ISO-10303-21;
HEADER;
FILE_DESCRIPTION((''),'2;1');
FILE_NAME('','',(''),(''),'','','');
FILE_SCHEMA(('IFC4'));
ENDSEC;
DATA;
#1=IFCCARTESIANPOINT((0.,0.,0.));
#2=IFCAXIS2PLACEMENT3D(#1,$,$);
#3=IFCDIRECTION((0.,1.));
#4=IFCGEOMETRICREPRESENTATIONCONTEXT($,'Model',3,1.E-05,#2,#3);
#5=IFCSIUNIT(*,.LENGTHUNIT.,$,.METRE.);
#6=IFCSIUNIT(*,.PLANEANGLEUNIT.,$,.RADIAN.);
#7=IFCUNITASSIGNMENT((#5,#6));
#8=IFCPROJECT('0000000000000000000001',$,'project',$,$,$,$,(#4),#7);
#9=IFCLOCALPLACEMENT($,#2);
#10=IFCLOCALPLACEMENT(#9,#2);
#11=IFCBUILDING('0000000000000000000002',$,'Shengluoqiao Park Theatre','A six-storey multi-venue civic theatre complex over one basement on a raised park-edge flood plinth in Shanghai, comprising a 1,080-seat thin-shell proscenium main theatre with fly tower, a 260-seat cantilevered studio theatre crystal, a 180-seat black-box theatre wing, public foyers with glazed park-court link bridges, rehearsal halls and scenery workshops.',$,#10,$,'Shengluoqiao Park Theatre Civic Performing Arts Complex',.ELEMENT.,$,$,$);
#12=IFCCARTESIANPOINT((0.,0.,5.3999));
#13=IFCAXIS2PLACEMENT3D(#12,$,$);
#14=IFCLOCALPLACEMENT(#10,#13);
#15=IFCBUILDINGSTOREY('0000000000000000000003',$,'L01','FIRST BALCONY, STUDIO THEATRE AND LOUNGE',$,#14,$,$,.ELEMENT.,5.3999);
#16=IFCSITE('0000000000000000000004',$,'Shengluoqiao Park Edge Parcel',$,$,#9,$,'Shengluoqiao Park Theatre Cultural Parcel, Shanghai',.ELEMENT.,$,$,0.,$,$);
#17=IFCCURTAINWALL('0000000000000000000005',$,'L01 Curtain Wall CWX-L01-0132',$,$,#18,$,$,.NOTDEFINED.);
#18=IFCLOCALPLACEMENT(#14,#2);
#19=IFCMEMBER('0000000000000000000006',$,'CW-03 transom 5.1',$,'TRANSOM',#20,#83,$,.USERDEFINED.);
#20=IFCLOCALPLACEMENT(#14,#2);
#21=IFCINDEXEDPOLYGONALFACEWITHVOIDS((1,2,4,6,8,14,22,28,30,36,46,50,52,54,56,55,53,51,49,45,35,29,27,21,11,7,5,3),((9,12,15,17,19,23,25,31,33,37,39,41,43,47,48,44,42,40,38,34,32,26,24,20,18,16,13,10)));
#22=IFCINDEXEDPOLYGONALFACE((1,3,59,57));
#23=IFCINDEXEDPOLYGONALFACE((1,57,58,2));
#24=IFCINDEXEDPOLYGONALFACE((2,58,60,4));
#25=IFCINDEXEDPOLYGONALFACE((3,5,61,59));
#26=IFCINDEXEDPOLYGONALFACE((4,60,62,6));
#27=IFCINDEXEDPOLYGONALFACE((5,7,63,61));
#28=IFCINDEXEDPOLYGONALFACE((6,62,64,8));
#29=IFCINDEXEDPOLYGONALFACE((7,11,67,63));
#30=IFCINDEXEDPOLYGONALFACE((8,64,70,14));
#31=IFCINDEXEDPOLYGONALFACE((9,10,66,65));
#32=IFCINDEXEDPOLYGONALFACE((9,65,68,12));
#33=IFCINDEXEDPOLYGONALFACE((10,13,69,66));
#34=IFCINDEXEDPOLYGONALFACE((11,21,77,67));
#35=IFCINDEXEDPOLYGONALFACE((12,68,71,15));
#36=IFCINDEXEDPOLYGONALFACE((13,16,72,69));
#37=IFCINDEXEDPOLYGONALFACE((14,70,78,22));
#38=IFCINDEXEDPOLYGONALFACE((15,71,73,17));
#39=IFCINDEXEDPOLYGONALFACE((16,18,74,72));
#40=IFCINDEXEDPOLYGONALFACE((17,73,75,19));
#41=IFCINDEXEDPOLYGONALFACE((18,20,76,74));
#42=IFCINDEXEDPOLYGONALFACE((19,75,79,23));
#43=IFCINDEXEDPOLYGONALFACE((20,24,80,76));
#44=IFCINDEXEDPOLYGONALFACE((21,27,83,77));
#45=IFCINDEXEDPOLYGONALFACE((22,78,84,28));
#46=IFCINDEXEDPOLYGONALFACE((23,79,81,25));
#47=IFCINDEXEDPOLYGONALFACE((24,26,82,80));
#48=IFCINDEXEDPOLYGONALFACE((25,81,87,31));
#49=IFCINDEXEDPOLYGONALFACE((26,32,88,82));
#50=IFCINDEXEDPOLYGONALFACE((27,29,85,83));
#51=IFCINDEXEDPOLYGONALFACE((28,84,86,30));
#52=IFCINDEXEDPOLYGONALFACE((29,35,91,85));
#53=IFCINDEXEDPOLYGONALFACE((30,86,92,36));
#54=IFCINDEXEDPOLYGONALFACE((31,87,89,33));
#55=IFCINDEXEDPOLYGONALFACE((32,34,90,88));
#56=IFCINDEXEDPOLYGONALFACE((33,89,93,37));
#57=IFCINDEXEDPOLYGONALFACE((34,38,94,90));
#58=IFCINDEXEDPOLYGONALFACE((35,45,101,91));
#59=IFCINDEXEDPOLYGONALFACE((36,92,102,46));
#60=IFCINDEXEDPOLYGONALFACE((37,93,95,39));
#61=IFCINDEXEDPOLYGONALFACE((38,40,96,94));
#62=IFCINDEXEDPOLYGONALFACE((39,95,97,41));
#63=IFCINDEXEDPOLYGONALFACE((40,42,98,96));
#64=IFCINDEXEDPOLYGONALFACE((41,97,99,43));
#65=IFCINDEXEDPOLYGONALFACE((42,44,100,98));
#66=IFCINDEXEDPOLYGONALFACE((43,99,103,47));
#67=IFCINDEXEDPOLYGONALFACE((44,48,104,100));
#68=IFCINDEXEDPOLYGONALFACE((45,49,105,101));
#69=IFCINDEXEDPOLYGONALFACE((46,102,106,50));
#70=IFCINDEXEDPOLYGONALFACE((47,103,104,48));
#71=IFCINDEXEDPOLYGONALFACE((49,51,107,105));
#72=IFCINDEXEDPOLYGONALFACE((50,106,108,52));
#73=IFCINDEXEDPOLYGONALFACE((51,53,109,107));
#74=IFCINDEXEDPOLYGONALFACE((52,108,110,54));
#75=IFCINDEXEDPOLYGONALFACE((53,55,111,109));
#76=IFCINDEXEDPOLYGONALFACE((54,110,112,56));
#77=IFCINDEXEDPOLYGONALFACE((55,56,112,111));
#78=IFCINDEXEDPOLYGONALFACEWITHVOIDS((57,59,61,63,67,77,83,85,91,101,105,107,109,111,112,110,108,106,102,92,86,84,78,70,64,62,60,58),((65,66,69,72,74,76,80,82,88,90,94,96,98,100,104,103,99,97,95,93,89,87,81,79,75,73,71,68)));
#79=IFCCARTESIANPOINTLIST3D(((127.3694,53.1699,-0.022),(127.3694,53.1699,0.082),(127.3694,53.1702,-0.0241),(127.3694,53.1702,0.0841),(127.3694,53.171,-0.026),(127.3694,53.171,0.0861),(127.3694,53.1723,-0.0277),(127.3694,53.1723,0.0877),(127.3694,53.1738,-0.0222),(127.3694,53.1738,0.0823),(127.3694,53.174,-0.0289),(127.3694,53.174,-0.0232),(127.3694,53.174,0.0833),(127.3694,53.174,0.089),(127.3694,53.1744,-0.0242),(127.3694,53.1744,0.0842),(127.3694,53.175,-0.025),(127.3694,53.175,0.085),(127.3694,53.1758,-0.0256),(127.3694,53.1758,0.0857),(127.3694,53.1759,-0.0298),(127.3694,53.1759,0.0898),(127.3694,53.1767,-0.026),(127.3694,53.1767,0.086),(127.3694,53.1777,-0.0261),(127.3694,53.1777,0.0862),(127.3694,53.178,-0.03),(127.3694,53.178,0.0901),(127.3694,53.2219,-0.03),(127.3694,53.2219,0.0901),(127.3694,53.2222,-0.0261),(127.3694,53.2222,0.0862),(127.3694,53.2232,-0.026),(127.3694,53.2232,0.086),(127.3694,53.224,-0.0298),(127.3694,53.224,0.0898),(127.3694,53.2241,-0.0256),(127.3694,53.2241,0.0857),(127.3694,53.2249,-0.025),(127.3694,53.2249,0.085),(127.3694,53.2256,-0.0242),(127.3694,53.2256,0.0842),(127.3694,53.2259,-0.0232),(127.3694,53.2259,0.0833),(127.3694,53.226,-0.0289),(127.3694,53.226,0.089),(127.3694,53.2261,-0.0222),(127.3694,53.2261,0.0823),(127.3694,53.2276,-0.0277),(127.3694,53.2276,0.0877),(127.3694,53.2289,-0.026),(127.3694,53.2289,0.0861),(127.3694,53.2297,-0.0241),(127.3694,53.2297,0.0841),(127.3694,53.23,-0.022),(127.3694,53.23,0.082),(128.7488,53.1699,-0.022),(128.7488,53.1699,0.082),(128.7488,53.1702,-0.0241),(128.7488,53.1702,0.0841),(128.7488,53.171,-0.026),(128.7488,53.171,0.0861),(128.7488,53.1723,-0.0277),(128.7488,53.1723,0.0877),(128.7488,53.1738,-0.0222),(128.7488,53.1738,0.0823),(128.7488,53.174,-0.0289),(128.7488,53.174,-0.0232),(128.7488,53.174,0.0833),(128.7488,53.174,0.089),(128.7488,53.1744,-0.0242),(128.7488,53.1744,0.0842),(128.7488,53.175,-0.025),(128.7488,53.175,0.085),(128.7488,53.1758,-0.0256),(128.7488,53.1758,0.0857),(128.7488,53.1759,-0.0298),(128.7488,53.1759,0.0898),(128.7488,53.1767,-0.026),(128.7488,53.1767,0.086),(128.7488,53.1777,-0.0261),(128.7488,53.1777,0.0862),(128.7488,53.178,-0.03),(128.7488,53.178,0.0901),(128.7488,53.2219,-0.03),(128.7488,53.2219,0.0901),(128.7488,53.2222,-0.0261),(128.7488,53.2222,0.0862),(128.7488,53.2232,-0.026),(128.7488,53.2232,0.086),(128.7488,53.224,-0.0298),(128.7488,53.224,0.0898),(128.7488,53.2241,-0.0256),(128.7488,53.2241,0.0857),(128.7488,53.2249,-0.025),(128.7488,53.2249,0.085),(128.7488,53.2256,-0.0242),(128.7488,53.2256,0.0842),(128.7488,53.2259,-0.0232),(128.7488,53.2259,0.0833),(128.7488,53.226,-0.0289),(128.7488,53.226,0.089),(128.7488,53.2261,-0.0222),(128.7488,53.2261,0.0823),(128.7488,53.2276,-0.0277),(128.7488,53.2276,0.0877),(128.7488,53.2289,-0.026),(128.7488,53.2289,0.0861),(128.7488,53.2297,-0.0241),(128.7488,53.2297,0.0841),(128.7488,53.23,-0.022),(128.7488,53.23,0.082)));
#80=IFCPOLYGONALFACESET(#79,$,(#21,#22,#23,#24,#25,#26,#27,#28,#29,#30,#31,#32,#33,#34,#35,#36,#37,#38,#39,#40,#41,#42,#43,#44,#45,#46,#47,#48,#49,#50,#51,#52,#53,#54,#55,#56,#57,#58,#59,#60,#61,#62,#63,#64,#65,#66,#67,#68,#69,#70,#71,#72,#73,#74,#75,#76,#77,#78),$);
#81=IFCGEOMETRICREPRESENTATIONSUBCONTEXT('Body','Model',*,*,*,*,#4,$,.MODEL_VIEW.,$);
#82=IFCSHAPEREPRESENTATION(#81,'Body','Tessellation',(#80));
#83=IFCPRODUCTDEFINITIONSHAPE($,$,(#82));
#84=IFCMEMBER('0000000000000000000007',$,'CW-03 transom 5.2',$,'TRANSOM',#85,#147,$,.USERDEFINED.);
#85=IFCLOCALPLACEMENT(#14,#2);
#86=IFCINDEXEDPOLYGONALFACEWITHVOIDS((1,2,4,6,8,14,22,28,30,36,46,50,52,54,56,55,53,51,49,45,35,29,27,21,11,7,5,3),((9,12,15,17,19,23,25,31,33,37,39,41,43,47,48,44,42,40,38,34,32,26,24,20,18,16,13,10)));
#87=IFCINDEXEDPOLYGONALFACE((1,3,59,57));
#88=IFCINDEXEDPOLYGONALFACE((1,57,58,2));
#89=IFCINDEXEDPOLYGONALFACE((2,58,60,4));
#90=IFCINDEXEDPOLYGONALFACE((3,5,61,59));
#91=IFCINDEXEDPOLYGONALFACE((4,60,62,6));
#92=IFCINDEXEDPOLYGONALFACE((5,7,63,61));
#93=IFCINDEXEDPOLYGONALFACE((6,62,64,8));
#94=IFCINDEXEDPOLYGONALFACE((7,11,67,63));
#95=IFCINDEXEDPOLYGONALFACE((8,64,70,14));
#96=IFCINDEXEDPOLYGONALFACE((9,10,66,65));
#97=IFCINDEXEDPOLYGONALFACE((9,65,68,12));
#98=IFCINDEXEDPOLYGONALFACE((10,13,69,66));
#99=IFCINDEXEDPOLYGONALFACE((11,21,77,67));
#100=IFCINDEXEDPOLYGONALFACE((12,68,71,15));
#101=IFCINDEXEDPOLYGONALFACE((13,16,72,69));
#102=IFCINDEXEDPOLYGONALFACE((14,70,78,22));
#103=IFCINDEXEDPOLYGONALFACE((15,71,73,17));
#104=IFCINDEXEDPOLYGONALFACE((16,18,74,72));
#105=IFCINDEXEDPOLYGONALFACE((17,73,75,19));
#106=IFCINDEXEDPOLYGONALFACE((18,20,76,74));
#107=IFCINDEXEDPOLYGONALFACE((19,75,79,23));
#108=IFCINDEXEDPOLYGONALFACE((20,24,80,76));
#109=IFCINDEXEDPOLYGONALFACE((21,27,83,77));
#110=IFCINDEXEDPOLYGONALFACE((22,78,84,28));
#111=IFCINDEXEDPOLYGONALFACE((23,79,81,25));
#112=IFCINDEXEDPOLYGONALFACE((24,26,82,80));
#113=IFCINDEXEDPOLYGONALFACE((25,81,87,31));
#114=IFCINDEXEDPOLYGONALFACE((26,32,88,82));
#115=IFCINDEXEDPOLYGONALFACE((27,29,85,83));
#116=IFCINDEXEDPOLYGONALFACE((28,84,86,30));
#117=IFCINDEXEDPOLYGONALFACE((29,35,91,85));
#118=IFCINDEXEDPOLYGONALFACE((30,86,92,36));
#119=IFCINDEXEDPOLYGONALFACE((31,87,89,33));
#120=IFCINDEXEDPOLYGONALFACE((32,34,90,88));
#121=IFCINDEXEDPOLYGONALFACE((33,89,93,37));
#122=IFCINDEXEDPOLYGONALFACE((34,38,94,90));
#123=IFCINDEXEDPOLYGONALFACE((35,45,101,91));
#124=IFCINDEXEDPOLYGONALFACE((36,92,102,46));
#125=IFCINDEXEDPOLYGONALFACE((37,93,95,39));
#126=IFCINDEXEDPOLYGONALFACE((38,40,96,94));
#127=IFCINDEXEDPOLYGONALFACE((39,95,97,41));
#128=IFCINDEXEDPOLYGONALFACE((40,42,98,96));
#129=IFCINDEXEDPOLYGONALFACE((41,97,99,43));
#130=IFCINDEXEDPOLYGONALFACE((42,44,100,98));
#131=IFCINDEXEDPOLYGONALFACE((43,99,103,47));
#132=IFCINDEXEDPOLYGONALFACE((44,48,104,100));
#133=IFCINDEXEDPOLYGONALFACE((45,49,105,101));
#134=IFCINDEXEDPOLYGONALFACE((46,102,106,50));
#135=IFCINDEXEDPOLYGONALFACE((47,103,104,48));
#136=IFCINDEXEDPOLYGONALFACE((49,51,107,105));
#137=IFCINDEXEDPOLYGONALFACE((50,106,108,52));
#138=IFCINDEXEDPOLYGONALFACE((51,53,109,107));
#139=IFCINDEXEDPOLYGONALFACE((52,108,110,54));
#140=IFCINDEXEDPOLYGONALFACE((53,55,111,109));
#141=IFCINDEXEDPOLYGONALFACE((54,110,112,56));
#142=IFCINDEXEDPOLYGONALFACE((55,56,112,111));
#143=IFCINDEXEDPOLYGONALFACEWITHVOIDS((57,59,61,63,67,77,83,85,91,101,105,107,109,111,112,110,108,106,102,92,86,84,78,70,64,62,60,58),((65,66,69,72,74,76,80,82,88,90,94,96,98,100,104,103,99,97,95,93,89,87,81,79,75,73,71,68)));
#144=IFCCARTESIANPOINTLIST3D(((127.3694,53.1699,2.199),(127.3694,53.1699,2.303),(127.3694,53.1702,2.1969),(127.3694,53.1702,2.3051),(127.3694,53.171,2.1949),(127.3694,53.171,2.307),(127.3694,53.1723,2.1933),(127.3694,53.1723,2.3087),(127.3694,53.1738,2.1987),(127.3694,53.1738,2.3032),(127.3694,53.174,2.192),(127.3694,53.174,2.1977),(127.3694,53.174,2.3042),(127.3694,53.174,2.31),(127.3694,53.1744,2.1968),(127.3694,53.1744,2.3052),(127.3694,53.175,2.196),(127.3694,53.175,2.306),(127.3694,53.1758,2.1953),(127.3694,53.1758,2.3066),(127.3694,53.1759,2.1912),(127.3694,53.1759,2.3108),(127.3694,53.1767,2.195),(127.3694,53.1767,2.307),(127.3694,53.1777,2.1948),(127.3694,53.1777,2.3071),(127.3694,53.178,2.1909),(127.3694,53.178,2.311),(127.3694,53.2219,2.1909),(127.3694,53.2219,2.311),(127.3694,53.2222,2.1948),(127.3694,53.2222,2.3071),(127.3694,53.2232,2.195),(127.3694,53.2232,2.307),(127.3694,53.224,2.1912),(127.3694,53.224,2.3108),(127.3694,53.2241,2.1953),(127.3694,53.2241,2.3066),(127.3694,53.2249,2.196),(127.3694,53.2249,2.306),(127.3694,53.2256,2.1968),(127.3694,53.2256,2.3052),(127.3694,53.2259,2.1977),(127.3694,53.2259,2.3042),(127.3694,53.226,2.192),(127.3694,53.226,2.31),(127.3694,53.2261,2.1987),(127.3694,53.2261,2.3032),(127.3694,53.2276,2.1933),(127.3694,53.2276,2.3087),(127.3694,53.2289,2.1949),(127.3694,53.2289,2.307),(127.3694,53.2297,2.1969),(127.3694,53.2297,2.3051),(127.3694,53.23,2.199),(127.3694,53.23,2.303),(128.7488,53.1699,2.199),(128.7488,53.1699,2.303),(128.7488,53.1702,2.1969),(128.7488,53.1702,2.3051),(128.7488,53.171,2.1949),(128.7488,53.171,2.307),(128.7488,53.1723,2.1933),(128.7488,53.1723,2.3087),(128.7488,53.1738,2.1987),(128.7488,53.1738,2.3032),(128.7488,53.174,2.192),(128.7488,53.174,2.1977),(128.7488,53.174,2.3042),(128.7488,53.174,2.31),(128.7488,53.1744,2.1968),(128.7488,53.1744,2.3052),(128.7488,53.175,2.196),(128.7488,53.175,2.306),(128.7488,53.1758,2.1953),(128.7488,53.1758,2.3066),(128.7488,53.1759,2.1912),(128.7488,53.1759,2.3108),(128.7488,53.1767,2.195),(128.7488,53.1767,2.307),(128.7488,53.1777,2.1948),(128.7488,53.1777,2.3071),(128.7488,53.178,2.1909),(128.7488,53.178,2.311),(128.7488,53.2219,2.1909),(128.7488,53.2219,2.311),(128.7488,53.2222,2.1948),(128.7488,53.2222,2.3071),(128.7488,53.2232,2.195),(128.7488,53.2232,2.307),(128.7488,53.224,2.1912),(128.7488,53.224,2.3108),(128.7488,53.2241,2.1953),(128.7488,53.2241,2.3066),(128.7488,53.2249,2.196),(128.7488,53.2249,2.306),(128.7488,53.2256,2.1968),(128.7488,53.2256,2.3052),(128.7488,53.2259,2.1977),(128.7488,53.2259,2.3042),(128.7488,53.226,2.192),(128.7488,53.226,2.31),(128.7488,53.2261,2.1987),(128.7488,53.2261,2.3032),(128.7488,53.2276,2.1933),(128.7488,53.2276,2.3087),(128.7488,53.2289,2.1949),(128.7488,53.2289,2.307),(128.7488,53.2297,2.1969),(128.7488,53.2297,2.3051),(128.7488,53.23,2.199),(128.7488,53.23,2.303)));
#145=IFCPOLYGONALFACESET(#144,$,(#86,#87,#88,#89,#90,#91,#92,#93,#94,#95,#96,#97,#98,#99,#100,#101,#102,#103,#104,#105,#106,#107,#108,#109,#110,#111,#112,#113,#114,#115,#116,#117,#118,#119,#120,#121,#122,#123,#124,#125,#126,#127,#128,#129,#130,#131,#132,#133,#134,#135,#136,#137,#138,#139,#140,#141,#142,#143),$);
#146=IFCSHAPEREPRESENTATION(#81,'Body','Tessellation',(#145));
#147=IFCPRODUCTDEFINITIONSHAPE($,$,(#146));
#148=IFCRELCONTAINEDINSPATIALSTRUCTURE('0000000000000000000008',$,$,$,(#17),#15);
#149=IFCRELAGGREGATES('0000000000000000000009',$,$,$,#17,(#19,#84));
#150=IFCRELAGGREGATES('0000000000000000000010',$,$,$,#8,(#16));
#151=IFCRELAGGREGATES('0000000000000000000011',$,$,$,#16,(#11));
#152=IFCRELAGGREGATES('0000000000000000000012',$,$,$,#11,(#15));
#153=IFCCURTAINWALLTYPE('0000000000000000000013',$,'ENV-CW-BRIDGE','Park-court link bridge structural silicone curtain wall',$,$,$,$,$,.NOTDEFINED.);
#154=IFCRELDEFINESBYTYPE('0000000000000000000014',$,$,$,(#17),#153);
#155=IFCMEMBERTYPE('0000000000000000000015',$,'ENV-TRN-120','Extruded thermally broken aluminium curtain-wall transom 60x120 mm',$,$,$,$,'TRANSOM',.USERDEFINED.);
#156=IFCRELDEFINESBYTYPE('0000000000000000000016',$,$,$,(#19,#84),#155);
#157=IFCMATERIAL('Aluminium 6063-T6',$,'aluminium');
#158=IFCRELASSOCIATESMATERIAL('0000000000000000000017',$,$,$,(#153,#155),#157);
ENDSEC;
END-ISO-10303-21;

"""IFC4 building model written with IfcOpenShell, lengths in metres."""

from ifc_helpers import new_model, si_unit, direction, frame, origin, origin_2d, place, context, subcontext, project, spatial, hollow_rectangle, extrude, material, material_profile, profile_set, type_object, element, aggregate, save


model = new_model("IFC4")

# Units and contexts
model_context = context("Model", 3, precision=1e-05, world=origin(), true_north=direction((0.0, 1.0)))
body_context = subcontext(model_context, "Body", "Model", "MODEL_VIEW")
ifc_project = project(units=[si_unit("LENGTHUNIT", "METRE"), si_unit("PLANEANGLEUNIT", "RADIAN")], contexts=[model_context])

# Site, building, storey
site_placement = place(None, origin())
site = spatial("IfcSite", under=ifc_project, at=site_placement, Name="Shengluoqiao Park Edge Parcel", LongName="Shengluoqiao Park Theatre Cultural Parcel, Shanghai", CompositionType="ELEMENT", RefElevation=0.0)
building_placement = place(site_placement, origin())
building = spatial("IfcBuilding", under=site, at=building_placement, Name="Shengluoqiao Park Theatre", Description="A six-storey multi-venue civic theatre complex over one basement on a raised park-edge flood plinth in Shanghai, comprising a 1,080-seat thin-shell proscenium main theatre with fly tower, a 260-seat cantilevered studio theatre crystal, a 180-seat black-box theatre wing, public foyers with glazed park-court link bridges, rehearsal halls and scenery workshops.", LongName="Shengluoqiao Park Theatre Civic Performing Arts Complex", CompositionType="ELEMENT")
storey_placement = place(building_placement, frame((0.0, 0.0, 5.3999)))
storey = spatial("IfcBuildingStorey", under=building, at=storey_placement, Name="L01", Description="FIRST BALCONY, STUDIO THEATRE AND LOUNGE", CompositionType="ELEMENT", Elevation=5.3999)

# Curtain wall, members
ifc_material_1 = material(Name="Aluminium 6063-T6", Category="aluminium")
curtain_wall_type = type_object("IfcCurtainWallType", Name="ENV-CW-BRIDGE", Description="Park-court link bridge structural silicone curtain wall", PredefinedType="NOTDEFINED", material=ifc_material_1)
curtain_wall_placement = place(storey_placement, origin())
curtain_wall = element("IfcCurtainWall", 1, at=curtain_wall_placement, inside=storey, type_object=curtain_wall_type, Name="L01 Curtain Wall CWX-L01-0132", PredefinedType="NOTDEFINED")
ifc_material_profile_1 = material_profile(ifc_material_1, hollow_rectangle(XDim=0.0601, YDim=0.1201, WallThickness=0.0039, InnerFilletRadius=0.0039, OuterFilletRadius=0.0081, at=origin_2d()), Name="ALU TRANSOM 120x60x4")
ifc_profile_set_1 = profile_set([ifc_material_profile_1], Name="Aluminium 6063-T6")
member_type_1 = type_object("IfcMemberType", Name="ENV-TRN-120", Description="Extruded thermally broken aluminium curtain-wall transom 60x120 mm", ElementType="TRANSOM", PredefinedType="USERDEFINED", material=ifc_profile_set_1)
member_1_placement = place(storey_placement, frame((127.3694, 53.2, 0.03), z_axis=(1.0, 0.0, 0.0), x_axis=(0.0, 1.0, 0.0)))
member_1 = element("IfcMember", 2, at=member_1_placement, type_object=member_type_1, Name="CW-03 transom 5.1", ObjectType="TRANSOM", PredefinedType="USERDEFINED", context=body_context, shape_type="SweptSolid", body=[
    extrude(hollow_rectangle(XDim=0.0601, YDim=0.1201, WallThickness=0.0039, InnerFilletRadius=0.0039, OuterFilletRadius=0.0081, at=origin_2d()), origin(), (0.0, 0.0, 1.0), 1.3794),
])
member_2_placement = place(storey_placement, frame((127.3694, 53.2, 2.251), z_axis=(1.0, 0.0, 0.0), x_axis=(0.0, 1.0, 0.0)))
member_2 = element("IfcMember", 3, at=member_2_placement, type_object=member_type_1, Name="CW-03 transom 5.2", ObjectType="TRANSOM", PredefinedType="USERDEFINED", context=body_context, shape_type="SweptSolid", body=[
    extrude(hollow_rectangle(XDim=0.0601, YDim=0.1201, WallThickness=0.0039, InnerFilletRadius=0.0039, OuterFilletRadius=0.0081, at=origin_2d()), origin(), (0.0, 0.0, 1.0), 1.3794),
])

aggregate(curtain_wall, [member_1, member_2])

save(model, "model.ifc")
